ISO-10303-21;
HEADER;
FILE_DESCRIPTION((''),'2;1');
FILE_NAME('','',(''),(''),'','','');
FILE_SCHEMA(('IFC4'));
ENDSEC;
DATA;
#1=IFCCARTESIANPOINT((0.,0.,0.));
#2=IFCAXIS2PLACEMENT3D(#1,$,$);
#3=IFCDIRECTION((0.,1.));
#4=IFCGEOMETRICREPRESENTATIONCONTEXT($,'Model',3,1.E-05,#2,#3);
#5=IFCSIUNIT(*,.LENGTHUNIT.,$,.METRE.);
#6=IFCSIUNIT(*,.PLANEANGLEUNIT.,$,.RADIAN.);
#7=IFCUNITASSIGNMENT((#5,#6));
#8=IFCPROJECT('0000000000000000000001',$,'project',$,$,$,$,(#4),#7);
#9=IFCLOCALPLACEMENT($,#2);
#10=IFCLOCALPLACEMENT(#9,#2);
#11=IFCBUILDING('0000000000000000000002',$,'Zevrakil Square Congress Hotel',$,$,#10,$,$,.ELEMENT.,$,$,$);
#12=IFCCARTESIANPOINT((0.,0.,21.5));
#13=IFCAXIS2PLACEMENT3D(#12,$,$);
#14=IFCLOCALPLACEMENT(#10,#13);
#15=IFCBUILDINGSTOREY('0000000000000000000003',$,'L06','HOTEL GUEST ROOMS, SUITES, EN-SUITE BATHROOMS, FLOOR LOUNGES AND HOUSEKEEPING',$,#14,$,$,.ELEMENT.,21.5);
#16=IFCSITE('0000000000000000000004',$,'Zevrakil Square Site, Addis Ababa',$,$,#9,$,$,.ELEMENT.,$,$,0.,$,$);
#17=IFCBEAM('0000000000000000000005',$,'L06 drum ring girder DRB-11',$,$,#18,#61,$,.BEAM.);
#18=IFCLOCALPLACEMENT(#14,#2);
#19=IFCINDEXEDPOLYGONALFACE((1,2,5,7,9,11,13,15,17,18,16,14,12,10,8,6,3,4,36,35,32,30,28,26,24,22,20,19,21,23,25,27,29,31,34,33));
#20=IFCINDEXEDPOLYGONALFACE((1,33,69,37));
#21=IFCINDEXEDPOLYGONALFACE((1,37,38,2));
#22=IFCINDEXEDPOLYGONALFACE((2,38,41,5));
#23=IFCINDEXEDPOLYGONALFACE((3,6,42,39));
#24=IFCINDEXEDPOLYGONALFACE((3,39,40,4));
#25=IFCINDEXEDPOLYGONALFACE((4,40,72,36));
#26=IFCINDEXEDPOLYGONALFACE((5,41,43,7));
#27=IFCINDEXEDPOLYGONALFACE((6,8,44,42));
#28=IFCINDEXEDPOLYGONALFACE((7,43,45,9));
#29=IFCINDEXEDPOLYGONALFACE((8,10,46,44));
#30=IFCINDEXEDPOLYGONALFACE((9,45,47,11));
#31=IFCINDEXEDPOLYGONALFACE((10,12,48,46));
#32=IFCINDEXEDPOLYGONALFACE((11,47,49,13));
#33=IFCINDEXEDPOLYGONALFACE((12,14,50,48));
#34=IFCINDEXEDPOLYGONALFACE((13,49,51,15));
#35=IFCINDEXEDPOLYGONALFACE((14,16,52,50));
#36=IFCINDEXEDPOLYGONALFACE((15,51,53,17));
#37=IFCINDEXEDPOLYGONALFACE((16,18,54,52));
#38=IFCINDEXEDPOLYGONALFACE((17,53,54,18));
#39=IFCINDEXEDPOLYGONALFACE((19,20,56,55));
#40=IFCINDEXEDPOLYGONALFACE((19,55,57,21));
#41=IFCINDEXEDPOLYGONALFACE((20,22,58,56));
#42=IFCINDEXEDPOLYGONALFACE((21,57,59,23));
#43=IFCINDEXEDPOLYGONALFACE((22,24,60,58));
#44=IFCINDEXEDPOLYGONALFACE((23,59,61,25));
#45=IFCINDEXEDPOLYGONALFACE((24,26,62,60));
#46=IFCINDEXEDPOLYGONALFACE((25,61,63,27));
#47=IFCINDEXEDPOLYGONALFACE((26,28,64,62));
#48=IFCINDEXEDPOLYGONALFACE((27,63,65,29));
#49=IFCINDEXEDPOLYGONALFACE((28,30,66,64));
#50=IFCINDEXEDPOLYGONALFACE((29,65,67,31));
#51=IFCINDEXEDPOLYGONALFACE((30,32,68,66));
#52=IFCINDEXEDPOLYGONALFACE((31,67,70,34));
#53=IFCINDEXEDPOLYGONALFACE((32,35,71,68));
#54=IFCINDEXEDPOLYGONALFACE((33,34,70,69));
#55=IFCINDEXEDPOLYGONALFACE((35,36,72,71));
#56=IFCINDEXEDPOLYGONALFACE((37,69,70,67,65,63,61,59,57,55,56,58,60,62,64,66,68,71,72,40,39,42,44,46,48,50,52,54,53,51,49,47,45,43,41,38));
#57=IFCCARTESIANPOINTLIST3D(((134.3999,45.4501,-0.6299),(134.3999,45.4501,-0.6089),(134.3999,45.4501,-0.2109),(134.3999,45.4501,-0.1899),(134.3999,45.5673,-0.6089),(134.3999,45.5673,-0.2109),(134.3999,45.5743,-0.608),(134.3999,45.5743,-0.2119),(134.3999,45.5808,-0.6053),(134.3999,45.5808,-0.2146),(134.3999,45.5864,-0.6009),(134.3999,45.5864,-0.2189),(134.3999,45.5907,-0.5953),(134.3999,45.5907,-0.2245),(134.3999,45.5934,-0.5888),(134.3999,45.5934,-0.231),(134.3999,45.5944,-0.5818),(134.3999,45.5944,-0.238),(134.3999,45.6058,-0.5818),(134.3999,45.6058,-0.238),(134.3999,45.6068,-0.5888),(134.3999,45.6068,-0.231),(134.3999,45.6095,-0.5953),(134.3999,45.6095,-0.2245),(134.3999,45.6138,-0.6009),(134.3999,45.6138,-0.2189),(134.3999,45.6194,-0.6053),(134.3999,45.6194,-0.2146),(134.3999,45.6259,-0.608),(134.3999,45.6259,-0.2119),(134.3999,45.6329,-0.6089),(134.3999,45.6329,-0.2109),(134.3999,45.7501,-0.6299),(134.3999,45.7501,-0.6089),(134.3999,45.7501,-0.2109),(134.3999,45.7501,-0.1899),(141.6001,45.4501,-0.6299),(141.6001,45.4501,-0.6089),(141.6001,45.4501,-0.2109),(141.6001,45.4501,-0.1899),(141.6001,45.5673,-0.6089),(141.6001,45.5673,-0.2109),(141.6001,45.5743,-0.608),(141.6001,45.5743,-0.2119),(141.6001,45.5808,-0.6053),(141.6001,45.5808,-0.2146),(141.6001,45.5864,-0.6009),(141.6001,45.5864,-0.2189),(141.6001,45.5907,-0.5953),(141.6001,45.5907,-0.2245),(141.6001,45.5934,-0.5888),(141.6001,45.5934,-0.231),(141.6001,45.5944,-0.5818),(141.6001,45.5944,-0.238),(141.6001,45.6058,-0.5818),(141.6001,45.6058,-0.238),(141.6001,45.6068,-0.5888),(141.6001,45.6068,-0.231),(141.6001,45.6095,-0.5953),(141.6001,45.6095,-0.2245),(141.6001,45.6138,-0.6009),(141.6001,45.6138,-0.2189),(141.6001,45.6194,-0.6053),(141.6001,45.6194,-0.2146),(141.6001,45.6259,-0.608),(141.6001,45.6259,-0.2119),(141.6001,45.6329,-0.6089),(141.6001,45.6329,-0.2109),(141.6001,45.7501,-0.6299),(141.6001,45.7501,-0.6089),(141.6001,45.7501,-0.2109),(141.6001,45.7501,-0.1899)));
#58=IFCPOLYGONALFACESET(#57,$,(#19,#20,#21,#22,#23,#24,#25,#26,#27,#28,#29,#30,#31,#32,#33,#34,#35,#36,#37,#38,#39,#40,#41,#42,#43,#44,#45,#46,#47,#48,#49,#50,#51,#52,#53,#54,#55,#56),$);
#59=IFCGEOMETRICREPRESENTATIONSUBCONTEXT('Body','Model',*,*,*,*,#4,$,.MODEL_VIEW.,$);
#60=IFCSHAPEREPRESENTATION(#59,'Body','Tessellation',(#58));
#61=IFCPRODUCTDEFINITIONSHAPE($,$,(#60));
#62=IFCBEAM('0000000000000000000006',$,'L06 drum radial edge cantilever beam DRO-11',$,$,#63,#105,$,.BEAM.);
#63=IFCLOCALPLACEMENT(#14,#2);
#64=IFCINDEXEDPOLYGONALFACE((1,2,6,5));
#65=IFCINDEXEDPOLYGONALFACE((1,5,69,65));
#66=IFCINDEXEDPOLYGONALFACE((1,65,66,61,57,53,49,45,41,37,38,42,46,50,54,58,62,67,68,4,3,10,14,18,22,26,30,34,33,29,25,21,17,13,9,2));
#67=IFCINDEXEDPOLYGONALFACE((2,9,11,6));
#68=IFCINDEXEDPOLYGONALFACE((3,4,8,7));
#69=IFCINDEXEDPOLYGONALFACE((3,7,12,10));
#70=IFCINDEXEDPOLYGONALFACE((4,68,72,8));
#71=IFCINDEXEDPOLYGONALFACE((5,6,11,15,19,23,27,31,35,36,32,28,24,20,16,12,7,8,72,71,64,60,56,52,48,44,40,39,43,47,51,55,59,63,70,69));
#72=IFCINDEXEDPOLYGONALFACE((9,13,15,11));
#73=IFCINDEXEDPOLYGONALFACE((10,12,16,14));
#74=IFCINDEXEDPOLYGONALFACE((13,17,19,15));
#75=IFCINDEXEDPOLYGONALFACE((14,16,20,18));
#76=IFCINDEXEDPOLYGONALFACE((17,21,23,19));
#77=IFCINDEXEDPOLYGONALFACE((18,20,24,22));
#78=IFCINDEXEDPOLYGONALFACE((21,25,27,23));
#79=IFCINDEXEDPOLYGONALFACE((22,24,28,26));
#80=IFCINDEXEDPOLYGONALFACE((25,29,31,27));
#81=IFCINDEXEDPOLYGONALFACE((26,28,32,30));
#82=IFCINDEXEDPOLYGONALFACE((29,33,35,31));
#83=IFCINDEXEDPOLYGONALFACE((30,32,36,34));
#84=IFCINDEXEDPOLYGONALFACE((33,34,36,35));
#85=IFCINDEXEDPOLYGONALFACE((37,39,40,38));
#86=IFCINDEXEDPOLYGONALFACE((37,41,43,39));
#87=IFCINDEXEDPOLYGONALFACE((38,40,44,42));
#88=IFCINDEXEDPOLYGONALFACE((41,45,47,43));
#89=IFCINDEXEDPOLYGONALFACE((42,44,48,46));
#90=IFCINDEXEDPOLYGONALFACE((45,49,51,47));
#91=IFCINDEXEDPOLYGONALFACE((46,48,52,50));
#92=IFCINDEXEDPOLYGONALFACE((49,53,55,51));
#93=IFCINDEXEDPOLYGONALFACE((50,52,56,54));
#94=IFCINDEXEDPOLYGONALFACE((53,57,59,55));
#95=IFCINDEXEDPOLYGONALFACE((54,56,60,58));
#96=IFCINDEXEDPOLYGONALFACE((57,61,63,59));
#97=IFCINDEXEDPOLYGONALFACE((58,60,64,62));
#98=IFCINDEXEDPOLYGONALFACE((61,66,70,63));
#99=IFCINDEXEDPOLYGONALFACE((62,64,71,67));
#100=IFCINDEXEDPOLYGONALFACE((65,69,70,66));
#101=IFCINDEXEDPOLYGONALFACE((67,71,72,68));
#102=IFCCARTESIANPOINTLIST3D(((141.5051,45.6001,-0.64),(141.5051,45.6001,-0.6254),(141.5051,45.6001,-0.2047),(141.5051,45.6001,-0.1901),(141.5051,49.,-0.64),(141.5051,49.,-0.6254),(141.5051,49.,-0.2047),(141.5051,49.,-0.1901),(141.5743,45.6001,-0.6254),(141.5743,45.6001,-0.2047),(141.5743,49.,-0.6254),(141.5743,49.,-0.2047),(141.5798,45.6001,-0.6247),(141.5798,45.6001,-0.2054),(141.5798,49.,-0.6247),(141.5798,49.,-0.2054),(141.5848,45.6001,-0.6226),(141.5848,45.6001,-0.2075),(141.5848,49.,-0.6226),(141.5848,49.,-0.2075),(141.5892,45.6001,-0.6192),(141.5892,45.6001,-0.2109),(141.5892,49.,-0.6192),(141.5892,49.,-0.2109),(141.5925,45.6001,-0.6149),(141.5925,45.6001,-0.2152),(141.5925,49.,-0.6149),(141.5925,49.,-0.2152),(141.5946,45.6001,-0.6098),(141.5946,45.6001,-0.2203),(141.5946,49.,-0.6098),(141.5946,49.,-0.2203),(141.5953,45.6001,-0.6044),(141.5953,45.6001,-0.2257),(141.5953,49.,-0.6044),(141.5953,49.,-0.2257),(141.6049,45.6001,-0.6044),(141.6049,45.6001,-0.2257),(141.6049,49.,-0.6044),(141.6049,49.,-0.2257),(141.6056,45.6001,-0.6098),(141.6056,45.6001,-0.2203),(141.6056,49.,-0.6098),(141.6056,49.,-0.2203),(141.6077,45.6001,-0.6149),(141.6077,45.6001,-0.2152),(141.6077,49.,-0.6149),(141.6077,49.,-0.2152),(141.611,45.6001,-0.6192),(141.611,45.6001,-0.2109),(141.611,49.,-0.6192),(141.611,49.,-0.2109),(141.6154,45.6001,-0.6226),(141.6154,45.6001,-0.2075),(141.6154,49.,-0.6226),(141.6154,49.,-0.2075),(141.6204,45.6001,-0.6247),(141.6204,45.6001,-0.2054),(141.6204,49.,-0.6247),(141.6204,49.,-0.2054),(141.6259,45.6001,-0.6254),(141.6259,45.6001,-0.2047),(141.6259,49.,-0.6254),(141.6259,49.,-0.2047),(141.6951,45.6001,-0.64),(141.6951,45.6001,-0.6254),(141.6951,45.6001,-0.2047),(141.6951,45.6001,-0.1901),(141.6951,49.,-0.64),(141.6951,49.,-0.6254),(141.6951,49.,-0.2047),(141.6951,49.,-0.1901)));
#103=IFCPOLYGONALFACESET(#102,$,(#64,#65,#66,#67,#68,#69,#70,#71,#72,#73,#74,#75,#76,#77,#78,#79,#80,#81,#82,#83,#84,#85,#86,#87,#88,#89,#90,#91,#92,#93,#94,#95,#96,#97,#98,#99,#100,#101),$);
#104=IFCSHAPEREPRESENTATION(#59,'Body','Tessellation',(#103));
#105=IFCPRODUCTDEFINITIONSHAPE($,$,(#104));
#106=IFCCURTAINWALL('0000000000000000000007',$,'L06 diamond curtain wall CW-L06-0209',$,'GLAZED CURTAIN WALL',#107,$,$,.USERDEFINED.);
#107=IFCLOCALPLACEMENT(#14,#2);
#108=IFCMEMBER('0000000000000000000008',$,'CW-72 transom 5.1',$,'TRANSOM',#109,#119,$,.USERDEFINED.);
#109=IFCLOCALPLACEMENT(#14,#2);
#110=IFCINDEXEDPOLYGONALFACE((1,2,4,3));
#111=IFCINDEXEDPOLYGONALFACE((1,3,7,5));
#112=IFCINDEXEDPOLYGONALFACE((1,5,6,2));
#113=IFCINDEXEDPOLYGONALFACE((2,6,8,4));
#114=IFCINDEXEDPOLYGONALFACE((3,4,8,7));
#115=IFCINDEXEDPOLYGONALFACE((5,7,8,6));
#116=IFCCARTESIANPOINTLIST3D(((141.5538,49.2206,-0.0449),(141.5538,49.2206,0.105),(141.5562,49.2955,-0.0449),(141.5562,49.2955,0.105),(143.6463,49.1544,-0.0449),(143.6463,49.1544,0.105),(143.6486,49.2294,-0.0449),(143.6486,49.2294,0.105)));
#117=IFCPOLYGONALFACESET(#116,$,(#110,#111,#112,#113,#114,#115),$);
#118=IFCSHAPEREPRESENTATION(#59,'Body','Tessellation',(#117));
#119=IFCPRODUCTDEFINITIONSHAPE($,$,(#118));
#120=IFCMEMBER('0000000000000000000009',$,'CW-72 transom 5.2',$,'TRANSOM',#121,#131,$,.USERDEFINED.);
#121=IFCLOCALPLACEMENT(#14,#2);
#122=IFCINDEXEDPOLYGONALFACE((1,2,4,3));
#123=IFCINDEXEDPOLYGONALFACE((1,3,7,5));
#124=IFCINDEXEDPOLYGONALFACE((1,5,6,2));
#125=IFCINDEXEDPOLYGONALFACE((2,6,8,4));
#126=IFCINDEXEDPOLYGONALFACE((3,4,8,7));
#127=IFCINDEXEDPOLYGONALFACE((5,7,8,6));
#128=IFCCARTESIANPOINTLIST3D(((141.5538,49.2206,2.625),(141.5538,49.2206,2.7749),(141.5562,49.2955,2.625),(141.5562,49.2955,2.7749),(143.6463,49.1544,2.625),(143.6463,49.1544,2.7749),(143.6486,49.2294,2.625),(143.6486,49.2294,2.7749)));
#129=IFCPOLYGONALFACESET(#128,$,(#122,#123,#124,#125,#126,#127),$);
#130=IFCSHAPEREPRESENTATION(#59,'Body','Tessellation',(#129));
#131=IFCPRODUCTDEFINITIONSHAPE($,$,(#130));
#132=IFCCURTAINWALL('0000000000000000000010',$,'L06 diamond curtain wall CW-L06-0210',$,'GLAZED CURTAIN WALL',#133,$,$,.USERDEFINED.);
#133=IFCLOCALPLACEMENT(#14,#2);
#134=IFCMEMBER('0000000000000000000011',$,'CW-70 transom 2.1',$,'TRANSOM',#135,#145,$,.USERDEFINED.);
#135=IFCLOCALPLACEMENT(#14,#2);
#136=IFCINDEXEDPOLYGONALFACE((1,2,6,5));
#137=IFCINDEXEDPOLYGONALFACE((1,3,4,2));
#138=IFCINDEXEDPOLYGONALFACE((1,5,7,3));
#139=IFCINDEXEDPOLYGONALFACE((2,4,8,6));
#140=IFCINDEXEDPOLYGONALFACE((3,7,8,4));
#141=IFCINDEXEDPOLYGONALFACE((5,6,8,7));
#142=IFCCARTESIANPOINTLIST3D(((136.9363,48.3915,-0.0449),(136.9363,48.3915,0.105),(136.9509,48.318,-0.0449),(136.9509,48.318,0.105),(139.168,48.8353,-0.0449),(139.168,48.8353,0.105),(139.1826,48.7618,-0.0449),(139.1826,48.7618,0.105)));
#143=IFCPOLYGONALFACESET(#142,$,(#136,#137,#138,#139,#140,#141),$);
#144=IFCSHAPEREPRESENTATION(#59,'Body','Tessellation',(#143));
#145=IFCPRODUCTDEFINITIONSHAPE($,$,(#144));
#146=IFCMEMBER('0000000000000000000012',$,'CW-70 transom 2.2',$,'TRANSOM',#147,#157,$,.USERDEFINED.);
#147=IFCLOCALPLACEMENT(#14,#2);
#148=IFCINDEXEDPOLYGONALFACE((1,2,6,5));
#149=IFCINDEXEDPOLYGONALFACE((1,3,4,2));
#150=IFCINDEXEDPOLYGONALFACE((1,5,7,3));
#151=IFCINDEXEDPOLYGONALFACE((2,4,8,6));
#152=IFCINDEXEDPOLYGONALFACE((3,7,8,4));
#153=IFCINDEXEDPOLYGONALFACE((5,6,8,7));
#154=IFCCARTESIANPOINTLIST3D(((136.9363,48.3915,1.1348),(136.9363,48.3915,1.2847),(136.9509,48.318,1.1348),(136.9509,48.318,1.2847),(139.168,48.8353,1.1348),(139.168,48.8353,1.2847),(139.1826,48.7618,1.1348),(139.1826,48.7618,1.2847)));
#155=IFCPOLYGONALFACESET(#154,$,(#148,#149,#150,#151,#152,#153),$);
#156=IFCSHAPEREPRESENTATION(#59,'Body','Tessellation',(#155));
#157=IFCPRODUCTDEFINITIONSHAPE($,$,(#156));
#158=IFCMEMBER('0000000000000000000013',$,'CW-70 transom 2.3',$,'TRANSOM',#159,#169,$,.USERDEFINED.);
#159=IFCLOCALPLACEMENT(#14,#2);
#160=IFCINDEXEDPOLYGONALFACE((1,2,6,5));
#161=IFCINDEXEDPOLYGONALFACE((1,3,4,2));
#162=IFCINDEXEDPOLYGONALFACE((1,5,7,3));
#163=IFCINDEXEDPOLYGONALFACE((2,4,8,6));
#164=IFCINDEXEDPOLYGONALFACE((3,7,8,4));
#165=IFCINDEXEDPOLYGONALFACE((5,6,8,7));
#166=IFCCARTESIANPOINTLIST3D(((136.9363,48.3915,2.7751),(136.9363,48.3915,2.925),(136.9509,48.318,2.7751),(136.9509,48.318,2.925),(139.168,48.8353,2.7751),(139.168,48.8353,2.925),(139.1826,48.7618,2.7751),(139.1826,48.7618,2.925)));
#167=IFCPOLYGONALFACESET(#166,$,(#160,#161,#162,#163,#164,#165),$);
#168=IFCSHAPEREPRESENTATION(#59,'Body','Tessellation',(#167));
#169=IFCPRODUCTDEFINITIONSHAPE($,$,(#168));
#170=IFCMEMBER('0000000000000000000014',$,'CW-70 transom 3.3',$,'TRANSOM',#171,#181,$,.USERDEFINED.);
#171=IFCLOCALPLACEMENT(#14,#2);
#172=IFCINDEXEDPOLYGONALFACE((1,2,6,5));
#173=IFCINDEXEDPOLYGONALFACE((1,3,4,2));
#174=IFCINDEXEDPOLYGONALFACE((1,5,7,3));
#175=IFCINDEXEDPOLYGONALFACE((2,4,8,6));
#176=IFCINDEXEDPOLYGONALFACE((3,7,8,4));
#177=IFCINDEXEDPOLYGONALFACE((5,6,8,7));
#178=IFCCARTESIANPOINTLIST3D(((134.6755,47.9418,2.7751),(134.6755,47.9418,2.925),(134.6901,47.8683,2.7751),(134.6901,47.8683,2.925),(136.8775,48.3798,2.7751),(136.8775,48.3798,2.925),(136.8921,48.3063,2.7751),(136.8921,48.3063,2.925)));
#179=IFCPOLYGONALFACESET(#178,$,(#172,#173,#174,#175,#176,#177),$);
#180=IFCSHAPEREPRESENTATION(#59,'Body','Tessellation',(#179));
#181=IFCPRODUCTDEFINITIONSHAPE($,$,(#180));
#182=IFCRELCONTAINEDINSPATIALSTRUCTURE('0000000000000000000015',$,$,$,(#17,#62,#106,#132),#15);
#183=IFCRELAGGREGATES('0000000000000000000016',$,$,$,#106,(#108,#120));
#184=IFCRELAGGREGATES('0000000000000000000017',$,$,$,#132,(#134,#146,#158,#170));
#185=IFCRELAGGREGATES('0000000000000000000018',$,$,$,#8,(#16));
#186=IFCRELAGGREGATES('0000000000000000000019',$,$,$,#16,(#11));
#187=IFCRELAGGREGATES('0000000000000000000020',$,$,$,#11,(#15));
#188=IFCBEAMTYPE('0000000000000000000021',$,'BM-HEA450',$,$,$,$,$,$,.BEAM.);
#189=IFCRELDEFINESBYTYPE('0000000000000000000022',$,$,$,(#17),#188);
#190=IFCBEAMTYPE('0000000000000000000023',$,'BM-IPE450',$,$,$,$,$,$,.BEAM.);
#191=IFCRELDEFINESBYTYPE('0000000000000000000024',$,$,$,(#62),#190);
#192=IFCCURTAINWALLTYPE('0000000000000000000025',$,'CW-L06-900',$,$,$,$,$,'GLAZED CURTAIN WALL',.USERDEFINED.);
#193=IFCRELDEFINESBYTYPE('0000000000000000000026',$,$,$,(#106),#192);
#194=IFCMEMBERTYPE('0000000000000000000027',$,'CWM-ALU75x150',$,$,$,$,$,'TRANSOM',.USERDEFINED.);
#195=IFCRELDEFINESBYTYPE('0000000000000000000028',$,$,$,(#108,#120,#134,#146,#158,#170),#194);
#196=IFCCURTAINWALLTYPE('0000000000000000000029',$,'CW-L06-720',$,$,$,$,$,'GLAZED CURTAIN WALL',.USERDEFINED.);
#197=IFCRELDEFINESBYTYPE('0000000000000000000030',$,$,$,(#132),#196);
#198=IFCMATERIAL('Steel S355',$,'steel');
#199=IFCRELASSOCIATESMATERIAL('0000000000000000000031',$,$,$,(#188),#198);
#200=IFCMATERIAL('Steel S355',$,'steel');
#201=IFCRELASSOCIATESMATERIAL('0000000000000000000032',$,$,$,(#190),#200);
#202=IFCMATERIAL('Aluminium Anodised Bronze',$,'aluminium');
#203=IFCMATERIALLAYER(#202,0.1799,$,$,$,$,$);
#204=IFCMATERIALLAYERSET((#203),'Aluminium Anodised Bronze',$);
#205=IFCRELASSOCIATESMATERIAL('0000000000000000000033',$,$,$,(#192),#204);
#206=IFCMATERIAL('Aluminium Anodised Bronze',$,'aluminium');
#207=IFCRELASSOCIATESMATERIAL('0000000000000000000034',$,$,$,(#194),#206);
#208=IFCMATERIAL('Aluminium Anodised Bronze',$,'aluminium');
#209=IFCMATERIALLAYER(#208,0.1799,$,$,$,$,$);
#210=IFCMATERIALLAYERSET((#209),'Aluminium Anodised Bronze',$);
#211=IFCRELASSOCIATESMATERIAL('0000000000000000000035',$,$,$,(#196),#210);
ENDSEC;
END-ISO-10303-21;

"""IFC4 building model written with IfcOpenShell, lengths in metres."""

from ifc_helpers import new_model, si_unit, direction, frame, origin, origin_2d, place, context, subcontext, project, spatial, rectangle, i_section, extrude, material, layer, layer_set, material_profile, profile_set, type_object, element, aggregate, save


model = new_model("IFC4")

# Units and contexts
model_context = context("Model", 3, precision=1e-05, world=origin(), true_north=direction((0.0, 1.0)))
body_context = subcontext(model_context, "Body", "Model", "MODEL_VIEW")
ifc_project = project(units=[si_unit("LENGTHUNIT", "METRE"), si_unit("PLANEANGLEUNIT", "RADIAN")], contexts=[model_context])

# Site, building, storey
site_placement = place(None, origin())
site = spatial("IfcSite", under=ifc_project, at=site_placement, Name="Zevrakil Square Site, Addis Ababa", CompositionType="ELEMENT", RefElevation=0.0)
building_placement = place(site_placement, origin())
building = spatial("IfcBuilding", under=site, at=building_placement, Name="Zevrakil Square Congress Hotel", CompositionType="ELEMENT")
storey_placement = place(building_placement, frame((0.0, 0.0, 21.5)))
storey = spatial("IfcBuildingStorey", under=building, at=storey_placement, Name="L06", Description="HOTEL GUEST ROOMS, SUITES, EN-SUITE BATHROOMS, FLOOR LOUNGES AND HOUSEKEEPING", CompositionType="ELEMENT", Elevation=21.5)

# Beams
ifc_material_1 = material(Name="Steel S355", Category="steel")
ifc_material_profile_1 = material_profile(ifc_material_1, i_section(OverallWidth=0.3, OverallDepth=0.4399, WebThickness=0.0115, FlangeThickness=0.021, FilletRadius=0.0271, at=origin_2d()), Name="HEA 450")
ifc_profile_set_1 = profile_set([ifc_material_profile_1], Name="Steel S355")
beam_type_1 = type_object("IfcBeamType", Name="BM-HEA450", PredefinedType="BEAM", material=ifc_profile_set_1)
beam_1_placement = place(storey_placement, frame((141.6001, 45.6001, -0.4099), z_axis=(-1.0, 0.0, 0.0), x_axis=(0.0, -1.0, 0.0)))
element("IfcBeam", 1, at=beam_1_placement, inside=storey, type_object=beam_type_1, Name="L06 drum ring girder DRB-11", PredefinedType="BEAM", context=body_context, shape_type="SweptSolid", body=[
    extrude(i_section(OverallWidth=0.3, OverallDepth=0.4399, WebThickness=0.0115, FlangeThickness=0.021, FilletRadius=0.0271, at=origin_2d()), origin(), (0.0, 0.0, 1.0), 7.2002),
])
ifc_material_2 = material(Name="Steel S355", Category="steel")
ifc_material_profile_2 = material_profile(ifc_material_2, i_section(OverallWidth=0.1899, OverallDepth=0.45, WebThickness=0.0095, FlangeThickness=0.0146, FilletRadius=0.021, at=origin_2d()), Name="IPE 450")
ifc_profile_set_2 = profile_set([ifc_material_profile_2], Name="Steel S355")
beam_type_2 = type_object("IfcBeamType", Name="BM-IPE450", PredefinedType="BEAM", material=ifc_profile_set_2)
beam_2_placement = place(storey_placement, frame((141.6001, 45.6001, -0.415), z_axis=(0.0, 1.0, 0.0), x_axis=(-1.0, 0.0, 0.0)))
element("IfcBeam", 2, at=beam_2_placement, inside=storey, type_object=beam_type_2, Name="L06 drum radial edge cantilever beam DRO-11", PredefinedType="BEAM", context=body_context, shape_type="SweptSolid", body=[
    extrude(i_section(OverallWidth=0.1899, OverallDepth=0.45, WebThickness=0.0095, FlangeThickness=0.0146, FilletRadius=0.021, at=origin_2d()), origin(), (0.0, 0.0, 1.0), 3.3999),
])

# Curtain walls, members
ifc_material_3 = material(Name="Aluminium Anodised Bronze", Category="aluminium")
ifc_layer_1 = layer(ifc_material_3, 0.1799)
ifc_layer_set_1 = layer_set([ifc_layer_1], Name="Aluminium Anodised Bronze")
curtain_wall_type_1 = type_object("IfcCurtainWallType", Name="CW-L06-900", ElementType="GLAZED CURTAIN WALL", PredefinedType="USERDEFINED", material=ifc_layer_set_1)
curtain_wall_1_placement = place(storey_placement, origin())
curtain_wall_1 = element("IfcCurtainWall", 3, at=curtain_wall_1_placement, inside=storey, type_object=curtain_wall_type_1, Name="L06 diamond curtain wall CW-L06-0209", ObjectType="GLAZED CURTAIN WALL", PredefinedType="USERDEFINED")
ifc_material_4 = material(Name="Aluminium Anodised Bronze", Category="aluminium")
ifc_material_profile_3 = material_profile(ifc_material_4, rectangle(XDim=0.075, YDim=0.1499, at=origin_2d()), Name="ALU 75x150")
ifc_profile_set_3 = profile_set([ifc_material_profile_3], Name="Aluminium Anodised Bronze")
member_type_1 = type_object("IfcMemberType", Name="CWM-ALU75x150", ElementType="TRANSOM", PredefinedType="USERDEFINED", material=ifc_profile_set_3)
member_1_placement = place(storey_placement, frame((143.6475, 49.1919, 0.03), z_axis=(-0.999501, 0.031602, 0.0), x_axis=(-0.031602, -0.999501, 0.0)))
member_1 = element("IfcMember", 4, at=member_1_placement, type_object=member_type_1, Name="CW-72 transom 5.1", ObjectType="TRANSOM", PredefinedType="USERDEFINED", context=body_context, shape_type="SweptSolid", body=[
    extrude(rectangle(XDim=0.075, YDim=0.1499, at=origin_2d()), origin(), (0.0, 0.0, 1.0), 2.0935),
])
member_2_placement = place(storey_placement, frame((143.6475, 49.1919, 2.7), z_axis=(-0.999501, 0.031602, 0.0), x_axis=(-0.031602, -0.999501, 0.0)))
member_2 = element("IfcMember", 5, at=member_2_placement, type_object=member_type_1, Name="CW-72 transom 5.2", ObjectType="TRANSOM", PredefinedType="USERDEFINED", context=body_context, shape_type="SweptSolid", body=[
    extrude(rectangle(XDim=0.075, YDim=0.1499, at=origin_2d()), origin(), (0.0, 0.0, 1.0), 2.0935),
])
ifc_material_5 = material(Name="Aluminium Anodised Bronze", Category="aluminium")
ifc_layer_2 = layer(ifc_material_5, 0.1799)
ifc_layer_set_2 = layer_set([ifc_layer_2], Name="Aluminium Anodised Bronze")
curtain_wall_type_2 = type_object("IfcCurtainWallType", Name="CW-L06-720", ElementType="GLAZED CURTAIN WALL", PredefinedType="USERDEFINED", material=ifc_layer_set_2)
curtain_wall_2_placement = place(storey_placement, origin())
curtain_wall_2 = element("IfcCurtainWall", 6, at=curtain_wall_2_placement, inside=storey, type_object=curtain_wall_type_2, Name="L06 diamond curtain wall CW-L06-0210", ObjectType="GLAZED CURTAIN WALL", PredefinedType="USERDEFINED")
member_3_placement = place(storey_placement, frame((139.1753, 48.7986, 0.03), z_axis=(-0.980791, -0.195064, 0.0), x_axis=(0.195064, -0.980791, 0.0)))
member_3 = element("IfcMember", 7, at=member_3_placement, type_object=member_type_1, Name="CW-70 transom 2.1", ObjectType="TRANSOM", PredefinedType="USERDEFINED", context=body_context, shape_type="SweptSolid", body=[
    extrude(rectangle(XDim=0.075, YDim=0.1499, at=origin_2d()), origin(), (0.0, 0.0, 1.0), 2.2754),
])
member_4_placement = place(storey_placement, frame((139.1753, 48.7986, 1.2097), z_axis=(-0.980791, -0.195064, 0.0), x_axis=(0.195064, -0.980791, 0.0)))
member_4 = element("IfcMember", 8, at=member_4_placement, type_object=member_type_1, Name="CW-70 transom 2.2", ObjectType="TRANSOM", PredefinedType="USERDEFINED", context=body_context, shape_type="SweptSolid", body=[
    extrude(rectangle(XDim=0.075, YDim=0.1499, at=origin_2d()), origin(), (0.0, 0.0, 1.0), 2.2754),
])
member_5_placement = place(storey_placement, frame((139.1753, 48.7986, 2.8501), z_axis=(-0.980791, -0.195064, 0.0), x_axis=(0.195064, -0.980791, 0.0)))
member_5 = element("IfcMember", 9, at=member_5_placement, type_object=member_type_1, Name="CW-70 transom 2.3", ObjectType="TRANSOM", PredefinedType="USERDEFINED", context=body_context, shape_type="SweptSolid", body=[
    extrude(rectangle(XDim=0.075, YDim=0.1499, at=origin_2d()), origin(), (0.0, 0.0, 1.0), 2.2754),
])
member_6_placement = place(storey_placement, frame((136.8848, 48.343, 2.8501), z_axis=(-0.980785, -0.195091, 0.0), x_axis=(0.195091, -0.980785, 0.0)))
member_6 = element("IfcMember", 10, at=member_6_placement, type_object=member_type_1, Name="CW-70 transom 3.3", ObjectType="TRANSOM", PredefinedType="USERDEFINED", context=body_context, shape_type="SweptSolid", body=[
    extrude(rectangle(XDim=0.075, YDim=0.1499, at=origin_2d()), origin(), (0.0, 0.0, 1.0), 2.2451),
])

aggregate(curtain_wall_1, [member_1, member_2])

aggregate(curtain_wall_2, [member_3, member_4, member_5, member_6])

save(model, "model.ifc")
